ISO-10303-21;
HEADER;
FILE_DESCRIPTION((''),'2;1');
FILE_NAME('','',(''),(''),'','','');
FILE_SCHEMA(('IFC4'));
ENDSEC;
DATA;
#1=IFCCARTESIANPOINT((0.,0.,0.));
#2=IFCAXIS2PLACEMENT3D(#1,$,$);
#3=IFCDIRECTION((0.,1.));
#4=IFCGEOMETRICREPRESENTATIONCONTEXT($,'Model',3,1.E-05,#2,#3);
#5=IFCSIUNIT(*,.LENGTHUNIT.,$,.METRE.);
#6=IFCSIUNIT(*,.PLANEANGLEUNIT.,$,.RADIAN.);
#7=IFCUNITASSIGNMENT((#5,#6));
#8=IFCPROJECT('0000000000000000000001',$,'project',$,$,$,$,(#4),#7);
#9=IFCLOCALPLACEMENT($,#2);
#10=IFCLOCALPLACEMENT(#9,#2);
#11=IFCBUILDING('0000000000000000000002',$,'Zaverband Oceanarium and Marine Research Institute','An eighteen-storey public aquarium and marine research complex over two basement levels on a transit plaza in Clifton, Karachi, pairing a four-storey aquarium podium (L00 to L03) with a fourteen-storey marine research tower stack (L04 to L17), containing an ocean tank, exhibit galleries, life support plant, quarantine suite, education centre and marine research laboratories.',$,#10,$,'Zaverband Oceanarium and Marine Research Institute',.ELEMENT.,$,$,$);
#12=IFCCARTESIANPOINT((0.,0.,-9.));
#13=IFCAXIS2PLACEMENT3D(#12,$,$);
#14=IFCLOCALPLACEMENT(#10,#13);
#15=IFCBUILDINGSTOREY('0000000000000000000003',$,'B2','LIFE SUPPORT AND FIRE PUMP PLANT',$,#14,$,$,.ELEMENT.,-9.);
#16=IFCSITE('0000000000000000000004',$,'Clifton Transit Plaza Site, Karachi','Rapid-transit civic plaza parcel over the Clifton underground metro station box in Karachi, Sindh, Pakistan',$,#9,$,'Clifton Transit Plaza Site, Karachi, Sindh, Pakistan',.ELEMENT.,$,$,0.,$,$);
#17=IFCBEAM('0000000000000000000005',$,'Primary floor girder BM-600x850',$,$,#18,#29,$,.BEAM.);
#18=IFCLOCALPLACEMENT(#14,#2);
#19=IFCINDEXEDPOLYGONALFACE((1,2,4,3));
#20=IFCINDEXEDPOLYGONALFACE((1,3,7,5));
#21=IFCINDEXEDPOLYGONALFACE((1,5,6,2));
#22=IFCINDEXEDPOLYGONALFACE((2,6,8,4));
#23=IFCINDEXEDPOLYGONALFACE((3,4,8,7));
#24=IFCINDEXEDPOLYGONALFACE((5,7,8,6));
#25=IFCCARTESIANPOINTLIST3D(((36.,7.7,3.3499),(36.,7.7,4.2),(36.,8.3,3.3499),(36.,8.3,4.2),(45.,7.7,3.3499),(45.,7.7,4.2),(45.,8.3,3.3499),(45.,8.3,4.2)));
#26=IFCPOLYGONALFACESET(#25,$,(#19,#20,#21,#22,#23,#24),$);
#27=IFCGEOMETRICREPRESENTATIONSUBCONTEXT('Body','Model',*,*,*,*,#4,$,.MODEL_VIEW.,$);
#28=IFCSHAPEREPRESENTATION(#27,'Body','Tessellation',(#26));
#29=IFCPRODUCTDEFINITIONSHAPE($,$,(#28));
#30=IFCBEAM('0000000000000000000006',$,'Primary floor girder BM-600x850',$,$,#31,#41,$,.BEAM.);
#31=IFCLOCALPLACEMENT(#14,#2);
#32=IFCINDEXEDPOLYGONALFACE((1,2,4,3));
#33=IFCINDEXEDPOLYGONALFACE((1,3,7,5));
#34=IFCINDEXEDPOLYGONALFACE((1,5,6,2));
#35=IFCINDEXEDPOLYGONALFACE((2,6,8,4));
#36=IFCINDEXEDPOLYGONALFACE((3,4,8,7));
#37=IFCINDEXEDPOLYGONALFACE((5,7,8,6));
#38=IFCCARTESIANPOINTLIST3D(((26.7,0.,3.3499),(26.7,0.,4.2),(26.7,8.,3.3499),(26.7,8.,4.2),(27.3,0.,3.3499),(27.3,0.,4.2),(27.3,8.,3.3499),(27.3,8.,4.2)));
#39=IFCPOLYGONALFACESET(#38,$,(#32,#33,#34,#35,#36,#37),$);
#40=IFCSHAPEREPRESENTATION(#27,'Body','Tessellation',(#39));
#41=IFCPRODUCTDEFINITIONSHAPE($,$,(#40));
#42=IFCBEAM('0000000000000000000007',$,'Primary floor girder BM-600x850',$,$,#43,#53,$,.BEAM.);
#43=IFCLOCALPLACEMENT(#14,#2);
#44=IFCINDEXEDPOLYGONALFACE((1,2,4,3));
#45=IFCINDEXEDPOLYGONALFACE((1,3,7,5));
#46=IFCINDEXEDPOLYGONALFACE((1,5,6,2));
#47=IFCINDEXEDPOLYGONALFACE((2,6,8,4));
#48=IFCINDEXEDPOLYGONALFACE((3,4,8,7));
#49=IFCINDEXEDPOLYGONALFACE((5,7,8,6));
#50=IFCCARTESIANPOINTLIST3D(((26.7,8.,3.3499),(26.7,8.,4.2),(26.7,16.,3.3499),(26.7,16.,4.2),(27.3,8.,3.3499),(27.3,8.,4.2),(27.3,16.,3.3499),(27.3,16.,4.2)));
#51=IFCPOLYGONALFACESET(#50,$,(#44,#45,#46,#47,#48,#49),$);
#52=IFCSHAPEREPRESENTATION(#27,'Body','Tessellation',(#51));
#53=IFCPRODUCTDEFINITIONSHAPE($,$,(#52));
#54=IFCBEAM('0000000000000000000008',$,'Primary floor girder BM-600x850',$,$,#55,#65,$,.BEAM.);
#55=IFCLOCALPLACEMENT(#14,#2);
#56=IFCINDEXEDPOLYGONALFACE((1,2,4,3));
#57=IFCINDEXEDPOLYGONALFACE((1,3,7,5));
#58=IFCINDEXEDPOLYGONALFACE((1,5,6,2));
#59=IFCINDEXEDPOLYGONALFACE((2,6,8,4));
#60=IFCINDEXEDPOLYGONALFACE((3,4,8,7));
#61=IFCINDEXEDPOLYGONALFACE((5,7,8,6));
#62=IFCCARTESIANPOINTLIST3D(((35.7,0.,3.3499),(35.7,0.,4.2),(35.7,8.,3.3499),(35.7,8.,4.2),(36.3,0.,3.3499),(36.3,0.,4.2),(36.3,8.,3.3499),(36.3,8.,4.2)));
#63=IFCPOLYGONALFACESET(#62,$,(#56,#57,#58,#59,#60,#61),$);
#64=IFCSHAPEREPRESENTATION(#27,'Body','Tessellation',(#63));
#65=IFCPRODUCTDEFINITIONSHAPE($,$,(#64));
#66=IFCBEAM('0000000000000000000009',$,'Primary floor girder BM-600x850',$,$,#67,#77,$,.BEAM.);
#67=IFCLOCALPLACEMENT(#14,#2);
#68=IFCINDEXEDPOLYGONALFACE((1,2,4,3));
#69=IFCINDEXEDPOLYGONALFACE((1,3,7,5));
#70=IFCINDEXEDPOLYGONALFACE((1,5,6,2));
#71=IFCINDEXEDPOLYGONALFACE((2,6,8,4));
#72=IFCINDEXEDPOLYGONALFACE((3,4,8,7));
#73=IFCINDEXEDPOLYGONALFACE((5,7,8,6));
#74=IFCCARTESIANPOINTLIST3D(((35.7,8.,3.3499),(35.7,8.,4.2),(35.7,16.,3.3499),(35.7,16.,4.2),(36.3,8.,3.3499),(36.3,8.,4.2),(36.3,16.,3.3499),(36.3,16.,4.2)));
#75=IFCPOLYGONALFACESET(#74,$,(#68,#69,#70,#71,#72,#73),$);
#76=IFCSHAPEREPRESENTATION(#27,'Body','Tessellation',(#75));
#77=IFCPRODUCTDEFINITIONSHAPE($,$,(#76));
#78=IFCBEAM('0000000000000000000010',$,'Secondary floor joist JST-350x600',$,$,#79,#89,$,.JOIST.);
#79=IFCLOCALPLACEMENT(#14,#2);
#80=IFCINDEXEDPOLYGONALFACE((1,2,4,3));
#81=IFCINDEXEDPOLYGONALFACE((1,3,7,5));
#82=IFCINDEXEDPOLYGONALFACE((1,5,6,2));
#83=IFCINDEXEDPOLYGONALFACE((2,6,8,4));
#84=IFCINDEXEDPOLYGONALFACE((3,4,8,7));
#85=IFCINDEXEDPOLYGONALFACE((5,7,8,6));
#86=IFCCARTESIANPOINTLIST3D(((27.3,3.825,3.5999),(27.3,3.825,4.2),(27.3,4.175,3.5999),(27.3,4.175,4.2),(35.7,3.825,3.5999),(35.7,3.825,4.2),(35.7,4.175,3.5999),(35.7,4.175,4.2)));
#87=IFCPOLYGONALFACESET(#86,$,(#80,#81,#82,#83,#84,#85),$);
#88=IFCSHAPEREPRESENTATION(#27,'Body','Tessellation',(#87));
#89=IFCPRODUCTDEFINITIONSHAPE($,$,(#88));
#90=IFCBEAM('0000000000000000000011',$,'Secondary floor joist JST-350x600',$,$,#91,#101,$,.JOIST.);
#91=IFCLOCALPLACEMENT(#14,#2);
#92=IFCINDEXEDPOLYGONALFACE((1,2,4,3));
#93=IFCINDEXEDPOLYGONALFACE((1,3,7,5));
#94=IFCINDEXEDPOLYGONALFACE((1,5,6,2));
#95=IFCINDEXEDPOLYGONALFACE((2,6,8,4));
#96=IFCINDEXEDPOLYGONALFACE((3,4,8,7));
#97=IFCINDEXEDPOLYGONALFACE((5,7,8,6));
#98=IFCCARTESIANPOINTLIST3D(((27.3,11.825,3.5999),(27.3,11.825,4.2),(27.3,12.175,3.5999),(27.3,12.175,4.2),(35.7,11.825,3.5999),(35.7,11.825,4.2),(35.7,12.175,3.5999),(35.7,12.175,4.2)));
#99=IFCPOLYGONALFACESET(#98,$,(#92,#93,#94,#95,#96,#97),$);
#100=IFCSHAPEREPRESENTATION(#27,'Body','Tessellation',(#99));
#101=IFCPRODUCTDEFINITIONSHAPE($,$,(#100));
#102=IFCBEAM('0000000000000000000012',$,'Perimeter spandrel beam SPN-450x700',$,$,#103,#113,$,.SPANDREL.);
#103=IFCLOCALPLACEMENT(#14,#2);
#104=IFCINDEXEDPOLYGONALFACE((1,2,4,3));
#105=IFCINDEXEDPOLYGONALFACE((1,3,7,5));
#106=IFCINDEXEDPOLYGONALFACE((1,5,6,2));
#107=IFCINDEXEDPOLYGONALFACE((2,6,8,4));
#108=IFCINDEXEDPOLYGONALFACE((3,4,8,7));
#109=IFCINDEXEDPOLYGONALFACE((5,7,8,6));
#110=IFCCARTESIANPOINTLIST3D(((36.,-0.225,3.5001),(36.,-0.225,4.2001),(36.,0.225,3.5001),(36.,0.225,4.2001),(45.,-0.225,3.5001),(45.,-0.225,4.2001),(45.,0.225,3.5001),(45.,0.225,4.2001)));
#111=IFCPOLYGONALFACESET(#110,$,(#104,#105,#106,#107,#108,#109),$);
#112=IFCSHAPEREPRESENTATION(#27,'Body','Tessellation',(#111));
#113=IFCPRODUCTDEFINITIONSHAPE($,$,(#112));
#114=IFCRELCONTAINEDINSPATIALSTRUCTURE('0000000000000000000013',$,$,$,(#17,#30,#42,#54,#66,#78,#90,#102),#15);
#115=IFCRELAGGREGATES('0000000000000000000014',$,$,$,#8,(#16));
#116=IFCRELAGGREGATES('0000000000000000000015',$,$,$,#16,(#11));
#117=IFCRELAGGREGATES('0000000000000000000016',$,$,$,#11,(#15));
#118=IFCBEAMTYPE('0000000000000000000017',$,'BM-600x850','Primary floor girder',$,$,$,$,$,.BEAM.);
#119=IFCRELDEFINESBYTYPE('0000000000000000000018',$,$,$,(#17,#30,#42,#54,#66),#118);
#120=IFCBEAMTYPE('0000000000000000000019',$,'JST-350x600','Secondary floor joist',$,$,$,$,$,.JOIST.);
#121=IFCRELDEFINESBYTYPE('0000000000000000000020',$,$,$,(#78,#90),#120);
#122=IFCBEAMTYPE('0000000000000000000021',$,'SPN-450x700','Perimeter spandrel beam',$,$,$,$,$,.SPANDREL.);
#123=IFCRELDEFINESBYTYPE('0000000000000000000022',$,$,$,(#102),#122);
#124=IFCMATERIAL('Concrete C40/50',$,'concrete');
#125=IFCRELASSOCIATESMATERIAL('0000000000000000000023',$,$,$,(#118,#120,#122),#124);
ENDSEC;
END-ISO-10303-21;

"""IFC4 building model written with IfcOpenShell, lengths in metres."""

from ifc_helpers import new_model, si_unit, direction, frame, origin, origin_2d, place, context, subcontext, project, spatial, rectangle, extrude, material, material_profile, profile_set, type_object, element, save


model = new_model("IFC4")

# Units and contexts
model_context = context("Model", 3, precision=1e-05, world=origin(), true_north=direction((0.0, 1.0)))
body_context = subcontext(model_context, "Body", "Model", "MODEL_VIEW")
ifc_project = project(units=[si_unit("LENGTHUNIT", "METRE"), si_unit("PLANEANGLEUNIT", "RADIAN")], contexts=[model_context])

# Site, building, storey
site_placement = place(None, origin())
site = spatial("IfcSite", under=ifc_project, at=site_placement, Name="Clifton Transit Plaza Site, Karachi", Description="Rapid-transit civic plaza parcel over the Clifton underground metro station box in Karachi, Sindh, Pakistan", LongName="Clifton Transit Plaza Site, Karachi, Sindh, Pakistan", CompositionType="ELEMENT", RefElevation=0.0)
building_placement = place(site_placement, origin())
building = spatial("IfcBuilding", under=site, at=building_placement, Name="Zaverband Oceanarium and Marine Research Institute", Description="An eighteen-storey public aquarium and marine research complex over two basement levels on a transit plaza in Clifton, Karachi, pairing a four-storey aquarium podium (L00 to L03) with a fourteen-storey marine research tower stack (L04 to L17), containing an ocean tank, exhibit galleries, life support plant, quarantine suite, education centre and marine research laboratories.", LongName="Zaverband Oceanarium and Marine Research Institute", CompositionType="ELEMENT")
storey_placement = place(building_placement, frame((0.0, 0.0, -9.0)))
storey = spatial("IfcBuildingStorey", under=building, at=storey_placement, Name="B2", Description="LIFE SUPPORT AND FIRE PUMP PLANT", CompositionType="ELEMENT", Elevation=-9.0)

# Beams
ifc_material_1 = material(Name="Concrete C40/50", Category="concrete")
ifc_material_profile_1 = material_profile(ifc_material_1, rectangle(XDim=0.6001, YDim=0.8501, at=origin_2d()), Name="RC600x850")
ifc_profile_set_1 = profile_set([ifc_material_profile_1], Name="Concrete C40/50")
beam_type_1 = type_object("IfcBeamType", Name="BM-600x850", Description="Primary floor girder", PredefinedType="BEAM", material=ifc_profile_set_1)
for number, where, z_axis, x_axis, name in (
    (1, (36.0, 8.0, 3.7749), (1.0, 0.0, 0.0), (0.0, 1.0, 0.0), "Primary floor girder BM-600x850"),
):
    element("IfcBeam", number, at=place(storey_placement, frame(where, z_axis=z_axis, x_axis=x_axis)), inside=storey, type_object=beam_type_1, Name=name, PredefinedType="BEAM", context=body_context, shape_type="SweptSolid", body=[
        extrude(rectangle(XDim=0.6001, YDim=0.8501, at=origin_2d()), origin(), (0.0, 0.0, 1.0), 9.0),
    ])
for number, where, z_axis, x_axis, name in (
    (2, (27.0, 0.0, 3.7749), (0.0, 1.0, 0.0), (-1.0, 0.0, 0.0), "Primary floor girder BM-600x850"),
    (3, (27.0, 8.0, 3.7749), (0.0, 1.0, 0.0), (-1.0, 0.0, 0.0), "Primary floor girder BM-600x850"),
    (4, (36.0, 0.0, 3.7749), (0.0, 1.0, 0.0), (-1.0, 0.0, 0.0), "Primary floor girder BM-600x850"),
    (5, (36.0, 8.0, 3.7749), (0.0, 1.0, 0.0), (-1.0, 0.0, 0.0), "Primary floor girder BM-600x850"),
):
    element("IfcBeam", number, at=place(storey_placement, frame(where, z_axis=z_axis, x_axis=x_axis)), inside=storey, type_object=beam_type_1, Name=name, PredefinedType="BEAM", context=body_context, shape_type="SweptSolid", body=[
        extrude(rectangle(XDim=0.6001, YDim=0.8501, at=origin_2d()), origin(), (0.0, 0.0, 1.0), 8.0),
    ])
ifc_material_profile_2 = material_profile(ifc_material_1, rectangle(XDim=0.3501, YDim=0.6001, at=origin_2d()), Name="RC350x600")
ifc_profile_set_2 = profile_set([ifc_material_profile_2], Name="Concrete C40/50")
beam_type_2 = type_object("IfcBeamType", Name="JST-350x600", Description="Secondary floor joist", PredefinedType="JOIST", material=ifc_profile_set_2)
for number, where, z_axis, x_axis, name in (
    (6, (27.3, 4.0, 3.8999), (1.0, 0.0, 0.0), (0.0, 1.0, 0.0), "Secondary floor joist JST-350x600"),
    (7, (27.3, 12.0, 3.8999), (1.0, 0.0, 0.0), (0.0, 1.0, 0.0), "Secondary floor joist JST-350x600"),
):
    element("IfcBeam", number, at=place(storey_placement, frame(where, z_axis=z_axis, x_axis=x_axis)), inside=storey, type_object=beam_type_2, Name=name, PredefinedType="JOIST", context=body_context, shape_type="SweptSolid", body=[
        extrude(rectangle(XDim=0.3501, YDim=0.6001, at=origin_2d()), origin(), (0.0, 0.0, 1.0), 8.3999),
    ])
ifc_material_profile_3 = material_profile(ifc_material_1, rectangle(XDim=0.45, YDim=0.7, at=origin_2d()), Name="RC450x700")
ifc_profile_set_3 = profile_set([ifc_material_profile_3], Name="Concrete C40/50")
beam_type_3 = type_object("IfcBeamType", Name="SPN-450x700", Description="Perimeter spandrel beam", PredefinedType="SPANDREL", material=ifc_profile_set_3)
beam_placement = place(storey_placement, frame((36.0, 0.0, 3.8501), z_axis=(1.0, 0.0, 0.0), x_axis=(0.0, 1.0, 0.0)))
element("IfcBeam", 8, at=beam_placement, inside=storey, type_object=beam_type_3, Name="Perimeter spandrel beam SPN-450x700", PredefinedType="SPANDREL", context=body_context, shape_type="SweptSolid", body=[
    extrude(rectangle(XDim=0.45, YDim=0.7, at=origin_2d()), origin(), (0.0, 0.0, 1.0), 9.0),
])

save(model, "model.ifc")
